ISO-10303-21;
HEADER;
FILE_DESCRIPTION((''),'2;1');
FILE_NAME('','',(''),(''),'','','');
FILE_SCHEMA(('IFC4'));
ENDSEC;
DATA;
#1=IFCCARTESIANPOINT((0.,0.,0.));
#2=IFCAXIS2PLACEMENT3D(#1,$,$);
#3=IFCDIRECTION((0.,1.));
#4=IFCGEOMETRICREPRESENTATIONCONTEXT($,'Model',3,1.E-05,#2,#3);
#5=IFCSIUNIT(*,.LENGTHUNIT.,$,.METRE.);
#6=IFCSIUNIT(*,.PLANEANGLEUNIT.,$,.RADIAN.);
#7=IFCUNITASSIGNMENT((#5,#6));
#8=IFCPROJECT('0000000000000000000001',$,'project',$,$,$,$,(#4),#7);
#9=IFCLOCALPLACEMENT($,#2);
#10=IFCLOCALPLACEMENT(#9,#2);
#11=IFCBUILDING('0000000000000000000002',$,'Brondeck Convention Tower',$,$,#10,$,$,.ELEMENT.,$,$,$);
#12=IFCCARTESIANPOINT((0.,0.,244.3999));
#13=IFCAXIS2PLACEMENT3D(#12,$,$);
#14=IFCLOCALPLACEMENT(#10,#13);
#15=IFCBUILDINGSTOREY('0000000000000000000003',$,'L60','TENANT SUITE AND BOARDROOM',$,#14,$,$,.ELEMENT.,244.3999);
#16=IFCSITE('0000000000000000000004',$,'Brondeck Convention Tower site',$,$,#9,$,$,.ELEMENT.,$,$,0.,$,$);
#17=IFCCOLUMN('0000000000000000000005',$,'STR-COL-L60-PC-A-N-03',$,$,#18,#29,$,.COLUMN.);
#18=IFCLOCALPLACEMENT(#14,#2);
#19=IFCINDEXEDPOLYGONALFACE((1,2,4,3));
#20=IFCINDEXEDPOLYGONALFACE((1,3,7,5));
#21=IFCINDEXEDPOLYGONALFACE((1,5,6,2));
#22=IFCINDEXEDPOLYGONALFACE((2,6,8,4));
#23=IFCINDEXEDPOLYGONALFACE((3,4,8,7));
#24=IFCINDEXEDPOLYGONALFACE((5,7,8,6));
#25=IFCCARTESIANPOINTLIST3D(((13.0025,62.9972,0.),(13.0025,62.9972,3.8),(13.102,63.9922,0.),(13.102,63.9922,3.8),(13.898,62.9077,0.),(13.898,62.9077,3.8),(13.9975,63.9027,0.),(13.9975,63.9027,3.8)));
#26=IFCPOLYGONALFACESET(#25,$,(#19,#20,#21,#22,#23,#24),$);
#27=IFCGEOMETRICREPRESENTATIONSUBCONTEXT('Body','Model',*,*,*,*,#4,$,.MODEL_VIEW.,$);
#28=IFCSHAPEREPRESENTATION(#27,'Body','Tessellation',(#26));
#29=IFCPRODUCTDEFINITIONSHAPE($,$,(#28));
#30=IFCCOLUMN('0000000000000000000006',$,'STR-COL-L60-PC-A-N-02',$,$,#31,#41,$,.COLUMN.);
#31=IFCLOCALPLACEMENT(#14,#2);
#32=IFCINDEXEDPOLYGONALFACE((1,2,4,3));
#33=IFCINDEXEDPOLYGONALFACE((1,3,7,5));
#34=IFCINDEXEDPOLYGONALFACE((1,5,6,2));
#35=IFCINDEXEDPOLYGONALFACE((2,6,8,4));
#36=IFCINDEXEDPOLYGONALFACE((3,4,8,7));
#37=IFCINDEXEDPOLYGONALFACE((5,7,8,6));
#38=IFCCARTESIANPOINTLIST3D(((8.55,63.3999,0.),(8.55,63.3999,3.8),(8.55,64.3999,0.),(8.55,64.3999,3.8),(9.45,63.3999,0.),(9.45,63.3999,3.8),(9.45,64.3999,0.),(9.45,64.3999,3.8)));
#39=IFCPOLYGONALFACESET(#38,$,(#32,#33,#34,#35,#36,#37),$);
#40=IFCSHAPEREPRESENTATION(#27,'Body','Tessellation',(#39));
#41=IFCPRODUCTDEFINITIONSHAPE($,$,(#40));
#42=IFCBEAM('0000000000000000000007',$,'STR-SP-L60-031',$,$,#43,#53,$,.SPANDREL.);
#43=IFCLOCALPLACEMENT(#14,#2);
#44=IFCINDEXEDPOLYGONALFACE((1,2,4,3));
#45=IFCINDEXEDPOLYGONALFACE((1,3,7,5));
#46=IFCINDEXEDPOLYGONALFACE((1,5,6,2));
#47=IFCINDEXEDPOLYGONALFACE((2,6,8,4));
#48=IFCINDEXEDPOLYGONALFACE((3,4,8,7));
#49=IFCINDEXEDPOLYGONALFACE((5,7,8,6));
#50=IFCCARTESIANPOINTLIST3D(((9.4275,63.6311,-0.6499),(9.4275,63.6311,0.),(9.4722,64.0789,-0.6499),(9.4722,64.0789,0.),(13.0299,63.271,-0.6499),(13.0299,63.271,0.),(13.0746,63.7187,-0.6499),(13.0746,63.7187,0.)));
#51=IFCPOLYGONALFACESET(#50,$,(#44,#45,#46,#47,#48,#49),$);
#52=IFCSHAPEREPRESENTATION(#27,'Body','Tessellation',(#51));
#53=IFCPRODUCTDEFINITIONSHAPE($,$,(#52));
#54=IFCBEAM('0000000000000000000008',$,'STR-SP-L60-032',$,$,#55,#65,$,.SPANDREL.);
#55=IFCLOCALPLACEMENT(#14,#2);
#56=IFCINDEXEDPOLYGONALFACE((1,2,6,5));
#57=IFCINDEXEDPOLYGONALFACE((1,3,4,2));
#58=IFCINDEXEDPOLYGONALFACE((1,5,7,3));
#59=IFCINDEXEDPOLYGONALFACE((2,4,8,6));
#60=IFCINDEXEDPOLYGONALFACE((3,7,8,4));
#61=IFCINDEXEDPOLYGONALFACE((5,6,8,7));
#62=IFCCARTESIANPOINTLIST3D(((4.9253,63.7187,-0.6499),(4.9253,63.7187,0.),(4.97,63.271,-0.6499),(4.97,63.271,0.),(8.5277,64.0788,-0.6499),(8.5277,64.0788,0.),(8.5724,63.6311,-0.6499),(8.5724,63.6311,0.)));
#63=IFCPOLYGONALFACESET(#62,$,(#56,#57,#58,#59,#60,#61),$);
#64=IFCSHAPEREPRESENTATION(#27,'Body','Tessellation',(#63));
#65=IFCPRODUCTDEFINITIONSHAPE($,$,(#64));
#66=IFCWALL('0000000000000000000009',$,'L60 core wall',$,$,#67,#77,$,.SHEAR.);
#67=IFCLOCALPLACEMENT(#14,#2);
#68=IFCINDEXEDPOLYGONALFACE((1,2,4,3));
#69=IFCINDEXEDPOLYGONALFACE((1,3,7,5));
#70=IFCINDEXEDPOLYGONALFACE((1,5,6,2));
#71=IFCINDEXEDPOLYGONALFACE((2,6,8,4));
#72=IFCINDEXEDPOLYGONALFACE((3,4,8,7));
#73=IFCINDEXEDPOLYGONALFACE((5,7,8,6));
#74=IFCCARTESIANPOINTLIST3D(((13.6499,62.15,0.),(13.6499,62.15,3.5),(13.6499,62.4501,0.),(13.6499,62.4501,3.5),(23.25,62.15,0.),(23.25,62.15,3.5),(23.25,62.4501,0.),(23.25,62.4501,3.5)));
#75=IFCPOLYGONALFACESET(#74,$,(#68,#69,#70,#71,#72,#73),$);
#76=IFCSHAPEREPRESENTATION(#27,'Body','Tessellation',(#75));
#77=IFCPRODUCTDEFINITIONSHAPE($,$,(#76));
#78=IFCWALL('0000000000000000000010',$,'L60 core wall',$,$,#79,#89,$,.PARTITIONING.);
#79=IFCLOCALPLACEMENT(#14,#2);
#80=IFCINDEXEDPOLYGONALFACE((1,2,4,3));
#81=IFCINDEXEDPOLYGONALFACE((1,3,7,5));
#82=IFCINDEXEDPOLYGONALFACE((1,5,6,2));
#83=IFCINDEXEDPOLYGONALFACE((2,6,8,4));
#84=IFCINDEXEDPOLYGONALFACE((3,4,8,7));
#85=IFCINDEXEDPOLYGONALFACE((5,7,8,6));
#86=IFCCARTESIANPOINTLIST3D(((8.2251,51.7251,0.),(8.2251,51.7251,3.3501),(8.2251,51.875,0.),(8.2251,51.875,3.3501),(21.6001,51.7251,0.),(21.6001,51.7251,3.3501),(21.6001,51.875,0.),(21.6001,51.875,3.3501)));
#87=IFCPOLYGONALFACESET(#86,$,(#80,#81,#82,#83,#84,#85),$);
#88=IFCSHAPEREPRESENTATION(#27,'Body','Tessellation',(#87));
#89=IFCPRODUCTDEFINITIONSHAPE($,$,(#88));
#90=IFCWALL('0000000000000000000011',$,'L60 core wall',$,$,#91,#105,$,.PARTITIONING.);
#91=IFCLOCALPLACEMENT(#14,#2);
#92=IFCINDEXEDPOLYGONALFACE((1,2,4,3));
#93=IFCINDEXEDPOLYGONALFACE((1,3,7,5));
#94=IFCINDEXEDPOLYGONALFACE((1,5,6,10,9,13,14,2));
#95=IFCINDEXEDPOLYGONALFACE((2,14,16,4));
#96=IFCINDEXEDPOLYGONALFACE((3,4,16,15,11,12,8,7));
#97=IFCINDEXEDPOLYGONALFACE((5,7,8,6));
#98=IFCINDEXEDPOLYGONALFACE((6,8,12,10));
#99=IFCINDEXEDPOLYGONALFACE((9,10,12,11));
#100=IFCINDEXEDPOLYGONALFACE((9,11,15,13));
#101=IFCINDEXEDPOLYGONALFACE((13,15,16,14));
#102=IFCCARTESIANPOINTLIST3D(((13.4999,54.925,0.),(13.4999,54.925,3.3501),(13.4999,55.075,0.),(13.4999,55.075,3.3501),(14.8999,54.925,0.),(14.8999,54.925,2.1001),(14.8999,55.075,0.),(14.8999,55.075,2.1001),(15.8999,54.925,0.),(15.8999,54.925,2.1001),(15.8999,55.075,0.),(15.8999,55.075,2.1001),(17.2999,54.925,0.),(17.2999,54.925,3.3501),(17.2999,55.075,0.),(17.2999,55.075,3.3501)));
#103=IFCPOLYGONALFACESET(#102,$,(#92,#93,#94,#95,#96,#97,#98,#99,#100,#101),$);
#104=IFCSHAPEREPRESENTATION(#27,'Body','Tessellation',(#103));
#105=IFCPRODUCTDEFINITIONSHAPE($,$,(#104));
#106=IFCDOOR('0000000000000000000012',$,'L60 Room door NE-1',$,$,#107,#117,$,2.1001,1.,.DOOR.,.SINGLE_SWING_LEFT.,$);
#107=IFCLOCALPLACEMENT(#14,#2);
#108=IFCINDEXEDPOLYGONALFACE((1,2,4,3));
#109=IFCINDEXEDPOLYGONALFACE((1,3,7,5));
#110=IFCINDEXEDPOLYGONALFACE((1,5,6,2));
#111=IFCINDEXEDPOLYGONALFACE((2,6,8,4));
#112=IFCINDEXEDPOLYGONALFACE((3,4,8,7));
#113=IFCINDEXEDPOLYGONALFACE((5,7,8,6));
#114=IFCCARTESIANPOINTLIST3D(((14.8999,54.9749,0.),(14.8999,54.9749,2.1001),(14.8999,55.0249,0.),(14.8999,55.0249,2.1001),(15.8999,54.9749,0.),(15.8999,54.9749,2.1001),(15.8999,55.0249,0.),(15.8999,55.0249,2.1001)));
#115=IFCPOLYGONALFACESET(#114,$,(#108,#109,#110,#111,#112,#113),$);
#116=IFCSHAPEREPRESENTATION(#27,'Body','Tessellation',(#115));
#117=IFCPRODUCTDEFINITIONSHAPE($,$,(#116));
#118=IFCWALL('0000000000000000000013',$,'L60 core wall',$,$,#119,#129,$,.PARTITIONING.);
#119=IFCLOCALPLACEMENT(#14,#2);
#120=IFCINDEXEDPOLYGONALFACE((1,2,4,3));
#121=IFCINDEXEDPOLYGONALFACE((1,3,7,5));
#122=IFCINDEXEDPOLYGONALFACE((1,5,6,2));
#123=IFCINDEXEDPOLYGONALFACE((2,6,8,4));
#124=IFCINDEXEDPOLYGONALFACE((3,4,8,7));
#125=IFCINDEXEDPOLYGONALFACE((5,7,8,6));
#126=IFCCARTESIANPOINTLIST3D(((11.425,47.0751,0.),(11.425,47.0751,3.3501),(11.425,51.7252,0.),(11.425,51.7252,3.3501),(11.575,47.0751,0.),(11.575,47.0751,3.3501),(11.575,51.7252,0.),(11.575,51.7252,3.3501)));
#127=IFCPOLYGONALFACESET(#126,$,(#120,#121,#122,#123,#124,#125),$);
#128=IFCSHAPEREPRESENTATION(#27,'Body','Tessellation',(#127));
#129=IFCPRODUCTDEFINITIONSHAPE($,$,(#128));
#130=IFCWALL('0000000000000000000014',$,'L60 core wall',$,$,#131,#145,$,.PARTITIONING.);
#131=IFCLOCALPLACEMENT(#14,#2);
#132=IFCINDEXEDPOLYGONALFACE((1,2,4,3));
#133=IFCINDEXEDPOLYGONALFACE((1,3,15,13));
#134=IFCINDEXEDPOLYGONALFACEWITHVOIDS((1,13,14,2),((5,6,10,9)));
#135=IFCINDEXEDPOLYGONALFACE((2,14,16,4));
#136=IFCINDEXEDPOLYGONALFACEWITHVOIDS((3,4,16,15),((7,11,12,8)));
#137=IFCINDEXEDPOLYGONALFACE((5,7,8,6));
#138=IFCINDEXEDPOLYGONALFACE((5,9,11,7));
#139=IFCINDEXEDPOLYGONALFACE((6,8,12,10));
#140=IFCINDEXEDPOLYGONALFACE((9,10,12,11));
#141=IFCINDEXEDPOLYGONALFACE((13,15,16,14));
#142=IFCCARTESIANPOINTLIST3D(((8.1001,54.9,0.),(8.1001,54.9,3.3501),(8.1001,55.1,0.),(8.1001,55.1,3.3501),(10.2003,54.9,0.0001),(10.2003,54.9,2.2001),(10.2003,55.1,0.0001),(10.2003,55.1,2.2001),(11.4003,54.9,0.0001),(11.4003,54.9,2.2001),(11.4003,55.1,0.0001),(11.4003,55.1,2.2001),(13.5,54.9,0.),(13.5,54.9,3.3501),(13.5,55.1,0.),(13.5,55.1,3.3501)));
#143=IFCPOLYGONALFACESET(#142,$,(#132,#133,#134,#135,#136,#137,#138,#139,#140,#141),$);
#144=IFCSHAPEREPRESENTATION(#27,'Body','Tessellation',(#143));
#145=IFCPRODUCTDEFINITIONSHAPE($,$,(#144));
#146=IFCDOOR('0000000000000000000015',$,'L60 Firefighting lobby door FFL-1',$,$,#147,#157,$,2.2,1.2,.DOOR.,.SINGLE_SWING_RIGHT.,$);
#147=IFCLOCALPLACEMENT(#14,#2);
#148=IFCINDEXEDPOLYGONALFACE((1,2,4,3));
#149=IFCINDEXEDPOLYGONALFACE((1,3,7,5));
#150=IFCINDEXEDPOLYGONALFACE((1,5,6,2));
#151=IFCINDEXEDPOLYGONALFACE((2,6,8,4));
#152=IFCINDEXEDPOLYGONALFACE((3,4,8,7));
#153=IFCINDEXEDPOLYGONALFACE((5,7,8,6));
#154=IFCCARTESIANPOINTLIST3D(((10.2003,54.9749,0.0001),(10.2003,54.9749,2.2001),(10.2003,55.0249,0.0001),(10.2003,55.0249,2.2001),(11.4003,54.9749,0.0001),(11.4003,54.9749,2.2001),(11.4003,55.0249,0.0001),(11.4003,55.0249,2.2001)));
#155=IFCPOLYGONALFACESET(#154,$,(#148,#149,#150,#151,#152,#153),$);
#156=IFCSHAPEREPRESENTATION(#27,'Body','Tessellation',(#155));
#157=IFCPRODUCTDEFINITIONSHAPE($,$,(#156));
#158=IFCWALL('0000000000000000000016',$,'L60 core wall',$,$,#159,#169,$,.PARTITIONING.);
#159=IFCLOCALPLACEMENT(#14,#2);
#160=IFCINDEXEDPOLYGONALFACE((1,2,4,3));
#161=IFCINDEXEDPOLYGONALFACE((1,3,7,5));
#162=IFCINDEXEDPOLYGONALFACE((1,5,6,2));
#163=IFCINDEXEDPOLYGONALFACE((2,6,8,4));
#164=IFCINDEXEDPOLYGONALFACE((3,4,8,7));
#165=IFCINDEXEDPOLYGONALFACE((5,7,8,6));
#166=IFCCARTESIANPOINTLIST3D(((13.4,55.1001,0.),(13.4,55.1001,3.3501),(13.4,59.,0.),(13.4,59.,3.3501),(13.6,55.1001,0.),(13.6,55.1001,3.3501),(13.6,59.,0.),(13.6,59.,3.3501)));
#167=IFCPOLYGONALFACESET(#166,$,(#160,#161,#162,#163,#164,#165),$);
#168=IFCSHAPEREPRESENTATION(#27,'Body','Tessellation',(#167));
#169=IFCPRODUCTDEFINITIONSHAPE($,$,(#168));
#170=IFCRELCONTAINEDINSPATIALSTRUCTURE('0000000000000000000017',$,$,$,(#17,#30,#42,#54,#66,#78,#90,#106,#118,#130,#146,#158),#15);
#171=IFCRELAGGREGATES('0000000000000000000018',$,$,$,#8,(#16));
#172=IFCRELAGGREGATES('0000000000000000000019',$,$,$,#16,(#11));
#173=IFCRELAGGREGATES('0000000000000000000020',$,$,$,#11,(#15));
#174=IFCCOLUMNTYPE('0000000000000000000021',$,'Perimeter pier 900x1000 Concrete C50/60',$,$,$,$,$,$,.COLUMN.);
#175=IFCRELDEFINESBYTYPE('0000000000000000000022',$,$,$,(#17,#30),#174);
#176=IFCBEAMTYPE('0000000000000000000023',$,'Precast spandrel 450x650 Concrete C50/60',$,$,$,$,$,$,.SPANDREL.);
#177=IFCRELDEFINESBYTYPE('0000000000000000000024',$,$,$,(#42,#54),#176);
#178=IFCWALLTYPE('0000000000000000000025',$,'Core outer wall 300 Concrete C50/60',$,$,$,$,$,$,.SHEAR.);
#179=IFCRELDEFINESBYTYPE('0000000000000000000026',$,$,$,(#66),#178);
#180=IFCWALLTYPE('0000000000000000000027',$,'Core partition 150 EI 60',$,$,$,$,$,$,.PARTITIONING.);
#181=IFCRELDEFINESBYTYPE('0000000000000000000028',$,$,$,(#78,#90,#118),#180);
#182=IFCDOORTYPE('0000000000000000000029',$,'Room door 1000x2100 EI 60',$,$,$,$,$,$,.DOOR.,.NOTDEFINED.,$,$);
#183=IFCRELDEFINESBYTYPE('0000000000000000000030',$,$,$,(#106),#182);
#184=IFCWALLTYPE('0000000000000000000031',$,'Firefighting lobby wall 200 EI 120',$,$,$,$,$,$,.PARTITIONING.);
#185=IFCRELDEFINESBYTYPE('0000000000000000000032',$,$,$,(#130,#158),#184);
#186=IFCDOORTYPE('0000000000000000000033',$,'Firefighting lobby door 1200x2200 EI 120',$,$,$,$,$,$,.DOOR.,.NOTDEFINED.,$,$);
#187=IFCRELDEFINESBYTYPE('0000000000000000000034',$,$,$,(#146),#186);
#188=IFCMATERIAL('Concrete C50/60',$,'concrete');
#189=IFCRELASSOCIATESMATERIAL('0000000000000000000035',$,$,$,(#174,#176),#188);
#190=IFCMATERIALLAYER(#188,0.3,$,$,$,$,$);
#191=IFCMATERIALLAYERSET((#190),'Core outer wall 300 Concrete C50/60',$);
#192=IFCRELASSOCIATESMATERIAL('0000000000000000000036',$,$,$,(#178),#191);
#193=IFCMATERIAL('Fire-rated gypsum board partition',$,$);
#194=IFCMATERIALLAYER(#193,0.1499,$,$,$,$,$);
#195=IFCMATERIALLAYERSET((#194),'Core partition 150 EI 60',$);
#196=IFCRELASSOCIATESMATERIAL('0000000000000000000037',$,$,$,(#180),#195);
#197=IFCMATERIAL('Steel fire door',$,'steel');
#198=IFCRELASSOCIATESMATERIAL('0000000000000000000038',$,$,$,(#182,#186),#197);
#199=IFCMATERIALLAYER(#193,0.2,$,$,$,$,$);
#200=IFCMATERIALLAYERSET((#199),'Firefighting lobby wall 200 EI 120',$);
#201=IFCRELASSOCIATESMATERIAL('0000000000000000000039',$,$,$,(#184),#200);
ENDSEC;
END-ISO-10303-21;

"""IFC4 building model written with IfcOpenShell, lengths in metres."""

from ifc_helpers import new_model, si_unit, direction, frame, frame_2d, origin, origin_2d, place, context, subcontext, project, spatial, rectangle, extrude, material, layer, layer_set, material_profile, profile_set, type_object, element, fill, save


model = new_model("IFC4")

# Units and contexts
model_context = context("Model", 3, precision=1e-05, world=origin(), true_north=direction((0.0, 1.0)))
body_context = subcontext(model_context, "Body", "Model", "MODEL_VIEW")
ifc_project = project(units=[si_unit("LENGTHUNIT", "METRE"), si_unit("PLANEANGLEUNIT", "RADIAN")], contexts=[model_context])

# Site, building, storey
site_placement = place(None, origin())
site = spatial("IfcSite", under=ifc_project, at=site_placement, Name="Brondeck Convention Tower site", CompositionType="ELEMENT", RefElevation=0.0)
building_placement = place(site_placement, origin())
building = spatial("IfcBuilding", under=site, at=building_placement, Name="Brondeck Convention Tower", CompositionType="ELEMENT")
storey_placement = place(building_placement, frame((0.0, 0.0, 244.3999)))
storey = spatial("IfcBuildingStorey", under=building, at=storey_placement, Name="L60", Description="TENANT SUITE AND BOARDROOM", CompositionType="ELEMENT", Elevation=244.3999)

# Columns
ifc_material_1 = material(Name="Concrete C50/60", Category="concrete")
ifc_material_profile_1 = material_profile(ifc_material_1, rectangle(XDim=0.8999, YDim=1.0, at=origin_2d()), Name="Perimeter pier 900x1000 Concrete C50/60")
ifc_profile_set_1 = profile_set([ifc_material_profile_1], Name="Concrete C50/60")
column_type = type_object("IfcColumnType", Name="Perimeter pier 900x1000 Concrete C50/60", PredefinedType="COLUMN", material=ifc_profile_set_1)
for number, where, z_axis, x_axis, name in (
    (1, (13.5, 63.45, 0.0), (0.0, 0.0, 1.0), (-0.995037, 0.099504, 0.0), "STR-COL-L60-PC-A-N-03"),
    (2, (9.0, 63.8999, 0.0), (0.0, 0.0, 1.0), (-1.0, 0.0, 0.0), "STR-COL-L60-PC-A-N-02"),
):
    element("IfcColumn", number, at=place(storey_placement, frame(where, z_axis=z_axis, x_axis=x_axis)), inside=storey, type_object=column_type, Name=name, PredefinedType="COLUMN", context=body_context, shape_type="SweptSolid", body=[
        extrude(rectangle(XDim=0.8999, YDim=1.0, at=origin_2d()), origin(), (0.0, 0.0, 1.0), 3.8),
    ])

# Beams
ifc_material_profile_2 = material_profile(ifc_material_1, rectangle(XDim=0.45, YDim=0.6499, at=origin_2d()), Name="Precast spandrel 450x650 Concrete C50/60")
ifc_profile_set_2 = profile_set([ifc_material_profile_2], Name="Concrete C50/60")
beam_type = type_object("IfcBeamType", Name="Precast spandrel 450x650 Concrete C50/60", PredefinedType="SPANDREL", material=ifc_profile_set_2)
for number, where, z_axis, x_axis, name in (
    (3, (13.0522, 63.4949, -0.325), (-0.995041, 0.09947, 0.0), (-0.09947, -0.995041, 0.0), "STR-SP-L60-031"),
    (4, (8.55, 63.855, -0.325), (-0.995041, -0.09947, 0.0), (0.09947, -0.995041, 0.0), "STR-SP-L60-032"),
):
    element("IfcBeam", number, at=place(storey_placement, frame(where, z_axis=z_axis, x_axis=x_axis)), inside=storey, type_object=beam_type, Name=name, PredefinedType="SPANDREL", context=body_context, shape_type="SweptSolid", body=[
        extrude(rectangle(XDim=0.45, YDim=0.6499, at=origin_2d()), origin(), (0.0, 0.0, 1.0), 3.6204),
    ])

# Walls
ifc_layer_1 = layer(ifc_material_1, 0.3)
ifc_layer_set_1 = layer_set([ifc_layer_1], Name="Core outer wall 300 Concrete C50/60")
wall_type_1 = type_object("IfcWallType", Name="Core outer wall 300 Concrete C50/60", PredefinedType="SHEAR", material=ifc_layer_set_1)
wall_1_placement = place(storey_placement, frame((13.6499, 62.3, 0.0), z_axis=(0.0, 0.0, 1.0), x_axis=(1.0, 0.0, 0.0)))
element("IfcWall", 5, at=wall_1_placement, inside=storey, type_object=wall_type_1, Name="L60 core wall", PredefinedType="SHEAR", context=body_context, shape_type="SweptSolid", body=[
    extrude(rectangle(XDim=9.6001, YDim=0.3, at=frame_2d((4.8, 0.0))), origin(), (0.0, 0.0, 1.0), 3.5),
])
ifc_material_2 = material(Name="Fire-rated gypsum board partition")
ifc_layer_2 = layer(ifc_material_2, 0.1499)
ifc_layer_set_2 = layer_set([ifc_layer_2], Name="Core partition 150 EI 60")
wall_type_2 = type_object("IfcWallType", Name="Core partition 150 EI 60", PredefinedType="PARTITIONING", material=ifc_layer_set_2)
wall_2_placement = place(storey_placement, frame((8.2251, 51.8, 0.0), z_axis=(0.0, 0.0, 1.0), x_axis=(1.0, 0.0, 0.0)))
element("IfcWall", 6, at=wall_2_placement, inside=storey, type_object=wall_type_2, Name="L60 core wall", PredefinedType="PARTITIONING", context=body_context, shape_type="SweptSolid", body=[
    extrude(rectangle(XDim=13.375, YDim=0.1499, at=frame_2d((6.6875, 0.0))), origin(), (0.0, 0.0, 1.0), 3.3501),
])

# Wall, opening, door
wall_3_placement = place(storey_placement, frame((13.5, 55.0, 0.0), z_axis=(0.0, 0.0, 1.0), x_axis=(1.0, 0.0, 0.0)))
wall_3 = element("IfcWall", 7, at=wall_3_placement, inside=storey, type_object=wall_type_2, Name="L60 core wall", PredefinedType="PARTITIONING", context=body_context, shape_type="SweptSolid", body=[
    extrude(rectangle(XDim=3.8, YDim=0.1499, at=frame_2d((1.8999, 0.0))), origin(), (0.0, 0.0, 1.0), 3.3501),
])
opening_1_placement = place(wall_3_placement, frame((1.3999, 0.0, 0.0)))
opening_1 = element("IfcOpeningElement", 8, at=opening_1_placement, cuts=wall_3, PredefinedType="OPENING", context=body_context, shape_type="SweptSolid", body=[
    extrude(rectangle(XDim=1.0, YDim=2.1001, at=frame_2d((0.5, 1.05))), frame((0.0, 0.085, 0.0), z_axis=(0.0, -1.0, 0.0), x_axis=(1.0, 0.0, 0.0)), (0.0, 0.0, 1.0), 0.1699),
])
ifc_material_3 = material(Name="Steel fire door", Category="steel")
door_type_1 = type_object("IfcDoorType", Name="Room door 1000x2100 EI 60", OperationType="NOTDEFINED", PredefinedType="DOOR", material=ifc_material_3)
door_1_placement = place(opening_1_placement, origin())
door_1 = element("IfcDoor", 9, at=door_1_placement, inside=storey, type_object=door_type_1, Name="L60 Room door NE-1", OperationType="SINGLE_SWING_LEFT", OverallHeight=2.1001, OverallWidth=1.0, PredefinedType="DOOR", context=body_context, shape_type="SweptSolid", body=[
    extrude(rectangle(XDim=1.0, YDim=2.1001, at=frame_2d((0.5, 1.05))), frame((0.0, 0.0249, 0.0), z_axis=(0.0, -1.0, 0.0), x_axis=(1.0, 0.0, 0.0)), (0.0, 0.0, 1.0), 0.05),
])
fill(opening_1, door_1)

# Wall
wall_4_placement = place(storey_placement, frame((11.5, 47.075, 0.0), z_axis=(0.0, 0.0, 1.0), x_axis=(0.0, 1.0, 0.0)))
element("IfcWall", 10, at=wall_4_placement, inside=storey, type_object=wall_type_2, Name="L60 core wall", PredefinedType="PARTITIONING", context=body_context, shape_type="SweptSolid", body=[
    extrude(rectangle(XDim=4.6501, YDim=0.1499, at=frame_2d((2.3252, 0.0))), origin(), (0.0, 0.0, 1.0), 3.3501),
])

# Wall, opening, door
ifc_layer_3 = layer(ifc_material_2, 0.2)
ifc_layer_set_3 = layer_set([ifc_layer_3], Name="Firefighting lobby wall 200 EI 120")
wall_type_3 = type_object("IfcWallType", Name="Firefighting lobby wall 200 EI 120", PredefinedType="PARTITIONING", material=ifc_layer_set_3)
wall_5_placement = place(storey_placement, frame((8.1001, 55.0, 0.0), z_axis=(0.0, 0.0, 1.0), x_axis=(1.0, 0.0, 0.0)))
wall_5 = element("IfcWall", 11, at=wall_5_placement, inside=storey, type_object=wall_type_3, Name="L60 core wall", PredefinedType="PARTITIONING", context=body_context, shape_type="SweptSolid", body=[
    extrude(rectangle(XDim=5.3999, YDim=0.2, at=frame_2d((2.7, 0.0))), origin(), (0.0, 0.0, 1.0), 3.3501),
])
opening_2_placement = place(wall_5_placement, frame((2.1001, 0.0, 0.0)))
opening_2 = element("IfcOpeningElement", 12, at=opening_2_placement, cuts=wall_5, PredefinedType="OPENING", context=body_context, shape_type="SweptSolid", body=[
    extrude(rectangle(XDim=1.2, YDim=2.2, at=frame_2d((0.6001, 1.1001))), frame((0.0, 0.1099, 0.0), z_axis=(0.0, -1.0, 0.0), x_axis=(1.0, 0.0, 0.0)), (0.0, 0.0, 1.0), 0.22),
])
door_type_2 = type_object("IfcDoorType", Name="Firefighting lobby door 1200x2200 EI 120", OperationType="NOTDEFINED", PredefinedType="DOOR", material=ifc_material_3)
door_2_placement = place(opening_2_placement, origin())
door_2 = element("IfcDoor", 13, at=door_2_placement, inside=storey, type_object=door_type_2, Name="L60 Firefighting lobby door FFL-1", OperationType="SINGLE_SWING_RIGHT", OverallHeight=2.2, OverallWidth=1.2, PredefinedType="DOOR", context=body_context, shape_type="SweptSolid", body=[
    extrude(rectangle(XDim=1.2, YDim=2.2, at=frame_2d((0.6001, 1.1001))), frame((0.0, 0.0249, 0.0), z_axis=(0.0, -1.0, 0.0), x_axis=(1.0, 0.0, 0.0)), (0.0, 0.0, 1.0), 0.05),
])
fill(opening_2, door_2)

# Wall
wall_6_placement = place(storey_placement, frame((13.5, 55.1001, 0.0), z_axis=(0.0, 0.0, 1.0), x_axis=(0.0, 1.0, 0.0)))
element("IfcWall", 14, at=wall_6_placement, inside=storey, type_object=wall_type_3, Name="L60 core wall", PredefinedType="PARTITIONING", context=body_context, shape_type="SweptSolid", body=[
    extrude(rectangle(XDim=3.8999, YDim=0.2, at=frame_2d((1.95, 0.0))), origin(), (0.0, 0.0, 1.0), 3.3501),
])

save(model, "model.ifc")
